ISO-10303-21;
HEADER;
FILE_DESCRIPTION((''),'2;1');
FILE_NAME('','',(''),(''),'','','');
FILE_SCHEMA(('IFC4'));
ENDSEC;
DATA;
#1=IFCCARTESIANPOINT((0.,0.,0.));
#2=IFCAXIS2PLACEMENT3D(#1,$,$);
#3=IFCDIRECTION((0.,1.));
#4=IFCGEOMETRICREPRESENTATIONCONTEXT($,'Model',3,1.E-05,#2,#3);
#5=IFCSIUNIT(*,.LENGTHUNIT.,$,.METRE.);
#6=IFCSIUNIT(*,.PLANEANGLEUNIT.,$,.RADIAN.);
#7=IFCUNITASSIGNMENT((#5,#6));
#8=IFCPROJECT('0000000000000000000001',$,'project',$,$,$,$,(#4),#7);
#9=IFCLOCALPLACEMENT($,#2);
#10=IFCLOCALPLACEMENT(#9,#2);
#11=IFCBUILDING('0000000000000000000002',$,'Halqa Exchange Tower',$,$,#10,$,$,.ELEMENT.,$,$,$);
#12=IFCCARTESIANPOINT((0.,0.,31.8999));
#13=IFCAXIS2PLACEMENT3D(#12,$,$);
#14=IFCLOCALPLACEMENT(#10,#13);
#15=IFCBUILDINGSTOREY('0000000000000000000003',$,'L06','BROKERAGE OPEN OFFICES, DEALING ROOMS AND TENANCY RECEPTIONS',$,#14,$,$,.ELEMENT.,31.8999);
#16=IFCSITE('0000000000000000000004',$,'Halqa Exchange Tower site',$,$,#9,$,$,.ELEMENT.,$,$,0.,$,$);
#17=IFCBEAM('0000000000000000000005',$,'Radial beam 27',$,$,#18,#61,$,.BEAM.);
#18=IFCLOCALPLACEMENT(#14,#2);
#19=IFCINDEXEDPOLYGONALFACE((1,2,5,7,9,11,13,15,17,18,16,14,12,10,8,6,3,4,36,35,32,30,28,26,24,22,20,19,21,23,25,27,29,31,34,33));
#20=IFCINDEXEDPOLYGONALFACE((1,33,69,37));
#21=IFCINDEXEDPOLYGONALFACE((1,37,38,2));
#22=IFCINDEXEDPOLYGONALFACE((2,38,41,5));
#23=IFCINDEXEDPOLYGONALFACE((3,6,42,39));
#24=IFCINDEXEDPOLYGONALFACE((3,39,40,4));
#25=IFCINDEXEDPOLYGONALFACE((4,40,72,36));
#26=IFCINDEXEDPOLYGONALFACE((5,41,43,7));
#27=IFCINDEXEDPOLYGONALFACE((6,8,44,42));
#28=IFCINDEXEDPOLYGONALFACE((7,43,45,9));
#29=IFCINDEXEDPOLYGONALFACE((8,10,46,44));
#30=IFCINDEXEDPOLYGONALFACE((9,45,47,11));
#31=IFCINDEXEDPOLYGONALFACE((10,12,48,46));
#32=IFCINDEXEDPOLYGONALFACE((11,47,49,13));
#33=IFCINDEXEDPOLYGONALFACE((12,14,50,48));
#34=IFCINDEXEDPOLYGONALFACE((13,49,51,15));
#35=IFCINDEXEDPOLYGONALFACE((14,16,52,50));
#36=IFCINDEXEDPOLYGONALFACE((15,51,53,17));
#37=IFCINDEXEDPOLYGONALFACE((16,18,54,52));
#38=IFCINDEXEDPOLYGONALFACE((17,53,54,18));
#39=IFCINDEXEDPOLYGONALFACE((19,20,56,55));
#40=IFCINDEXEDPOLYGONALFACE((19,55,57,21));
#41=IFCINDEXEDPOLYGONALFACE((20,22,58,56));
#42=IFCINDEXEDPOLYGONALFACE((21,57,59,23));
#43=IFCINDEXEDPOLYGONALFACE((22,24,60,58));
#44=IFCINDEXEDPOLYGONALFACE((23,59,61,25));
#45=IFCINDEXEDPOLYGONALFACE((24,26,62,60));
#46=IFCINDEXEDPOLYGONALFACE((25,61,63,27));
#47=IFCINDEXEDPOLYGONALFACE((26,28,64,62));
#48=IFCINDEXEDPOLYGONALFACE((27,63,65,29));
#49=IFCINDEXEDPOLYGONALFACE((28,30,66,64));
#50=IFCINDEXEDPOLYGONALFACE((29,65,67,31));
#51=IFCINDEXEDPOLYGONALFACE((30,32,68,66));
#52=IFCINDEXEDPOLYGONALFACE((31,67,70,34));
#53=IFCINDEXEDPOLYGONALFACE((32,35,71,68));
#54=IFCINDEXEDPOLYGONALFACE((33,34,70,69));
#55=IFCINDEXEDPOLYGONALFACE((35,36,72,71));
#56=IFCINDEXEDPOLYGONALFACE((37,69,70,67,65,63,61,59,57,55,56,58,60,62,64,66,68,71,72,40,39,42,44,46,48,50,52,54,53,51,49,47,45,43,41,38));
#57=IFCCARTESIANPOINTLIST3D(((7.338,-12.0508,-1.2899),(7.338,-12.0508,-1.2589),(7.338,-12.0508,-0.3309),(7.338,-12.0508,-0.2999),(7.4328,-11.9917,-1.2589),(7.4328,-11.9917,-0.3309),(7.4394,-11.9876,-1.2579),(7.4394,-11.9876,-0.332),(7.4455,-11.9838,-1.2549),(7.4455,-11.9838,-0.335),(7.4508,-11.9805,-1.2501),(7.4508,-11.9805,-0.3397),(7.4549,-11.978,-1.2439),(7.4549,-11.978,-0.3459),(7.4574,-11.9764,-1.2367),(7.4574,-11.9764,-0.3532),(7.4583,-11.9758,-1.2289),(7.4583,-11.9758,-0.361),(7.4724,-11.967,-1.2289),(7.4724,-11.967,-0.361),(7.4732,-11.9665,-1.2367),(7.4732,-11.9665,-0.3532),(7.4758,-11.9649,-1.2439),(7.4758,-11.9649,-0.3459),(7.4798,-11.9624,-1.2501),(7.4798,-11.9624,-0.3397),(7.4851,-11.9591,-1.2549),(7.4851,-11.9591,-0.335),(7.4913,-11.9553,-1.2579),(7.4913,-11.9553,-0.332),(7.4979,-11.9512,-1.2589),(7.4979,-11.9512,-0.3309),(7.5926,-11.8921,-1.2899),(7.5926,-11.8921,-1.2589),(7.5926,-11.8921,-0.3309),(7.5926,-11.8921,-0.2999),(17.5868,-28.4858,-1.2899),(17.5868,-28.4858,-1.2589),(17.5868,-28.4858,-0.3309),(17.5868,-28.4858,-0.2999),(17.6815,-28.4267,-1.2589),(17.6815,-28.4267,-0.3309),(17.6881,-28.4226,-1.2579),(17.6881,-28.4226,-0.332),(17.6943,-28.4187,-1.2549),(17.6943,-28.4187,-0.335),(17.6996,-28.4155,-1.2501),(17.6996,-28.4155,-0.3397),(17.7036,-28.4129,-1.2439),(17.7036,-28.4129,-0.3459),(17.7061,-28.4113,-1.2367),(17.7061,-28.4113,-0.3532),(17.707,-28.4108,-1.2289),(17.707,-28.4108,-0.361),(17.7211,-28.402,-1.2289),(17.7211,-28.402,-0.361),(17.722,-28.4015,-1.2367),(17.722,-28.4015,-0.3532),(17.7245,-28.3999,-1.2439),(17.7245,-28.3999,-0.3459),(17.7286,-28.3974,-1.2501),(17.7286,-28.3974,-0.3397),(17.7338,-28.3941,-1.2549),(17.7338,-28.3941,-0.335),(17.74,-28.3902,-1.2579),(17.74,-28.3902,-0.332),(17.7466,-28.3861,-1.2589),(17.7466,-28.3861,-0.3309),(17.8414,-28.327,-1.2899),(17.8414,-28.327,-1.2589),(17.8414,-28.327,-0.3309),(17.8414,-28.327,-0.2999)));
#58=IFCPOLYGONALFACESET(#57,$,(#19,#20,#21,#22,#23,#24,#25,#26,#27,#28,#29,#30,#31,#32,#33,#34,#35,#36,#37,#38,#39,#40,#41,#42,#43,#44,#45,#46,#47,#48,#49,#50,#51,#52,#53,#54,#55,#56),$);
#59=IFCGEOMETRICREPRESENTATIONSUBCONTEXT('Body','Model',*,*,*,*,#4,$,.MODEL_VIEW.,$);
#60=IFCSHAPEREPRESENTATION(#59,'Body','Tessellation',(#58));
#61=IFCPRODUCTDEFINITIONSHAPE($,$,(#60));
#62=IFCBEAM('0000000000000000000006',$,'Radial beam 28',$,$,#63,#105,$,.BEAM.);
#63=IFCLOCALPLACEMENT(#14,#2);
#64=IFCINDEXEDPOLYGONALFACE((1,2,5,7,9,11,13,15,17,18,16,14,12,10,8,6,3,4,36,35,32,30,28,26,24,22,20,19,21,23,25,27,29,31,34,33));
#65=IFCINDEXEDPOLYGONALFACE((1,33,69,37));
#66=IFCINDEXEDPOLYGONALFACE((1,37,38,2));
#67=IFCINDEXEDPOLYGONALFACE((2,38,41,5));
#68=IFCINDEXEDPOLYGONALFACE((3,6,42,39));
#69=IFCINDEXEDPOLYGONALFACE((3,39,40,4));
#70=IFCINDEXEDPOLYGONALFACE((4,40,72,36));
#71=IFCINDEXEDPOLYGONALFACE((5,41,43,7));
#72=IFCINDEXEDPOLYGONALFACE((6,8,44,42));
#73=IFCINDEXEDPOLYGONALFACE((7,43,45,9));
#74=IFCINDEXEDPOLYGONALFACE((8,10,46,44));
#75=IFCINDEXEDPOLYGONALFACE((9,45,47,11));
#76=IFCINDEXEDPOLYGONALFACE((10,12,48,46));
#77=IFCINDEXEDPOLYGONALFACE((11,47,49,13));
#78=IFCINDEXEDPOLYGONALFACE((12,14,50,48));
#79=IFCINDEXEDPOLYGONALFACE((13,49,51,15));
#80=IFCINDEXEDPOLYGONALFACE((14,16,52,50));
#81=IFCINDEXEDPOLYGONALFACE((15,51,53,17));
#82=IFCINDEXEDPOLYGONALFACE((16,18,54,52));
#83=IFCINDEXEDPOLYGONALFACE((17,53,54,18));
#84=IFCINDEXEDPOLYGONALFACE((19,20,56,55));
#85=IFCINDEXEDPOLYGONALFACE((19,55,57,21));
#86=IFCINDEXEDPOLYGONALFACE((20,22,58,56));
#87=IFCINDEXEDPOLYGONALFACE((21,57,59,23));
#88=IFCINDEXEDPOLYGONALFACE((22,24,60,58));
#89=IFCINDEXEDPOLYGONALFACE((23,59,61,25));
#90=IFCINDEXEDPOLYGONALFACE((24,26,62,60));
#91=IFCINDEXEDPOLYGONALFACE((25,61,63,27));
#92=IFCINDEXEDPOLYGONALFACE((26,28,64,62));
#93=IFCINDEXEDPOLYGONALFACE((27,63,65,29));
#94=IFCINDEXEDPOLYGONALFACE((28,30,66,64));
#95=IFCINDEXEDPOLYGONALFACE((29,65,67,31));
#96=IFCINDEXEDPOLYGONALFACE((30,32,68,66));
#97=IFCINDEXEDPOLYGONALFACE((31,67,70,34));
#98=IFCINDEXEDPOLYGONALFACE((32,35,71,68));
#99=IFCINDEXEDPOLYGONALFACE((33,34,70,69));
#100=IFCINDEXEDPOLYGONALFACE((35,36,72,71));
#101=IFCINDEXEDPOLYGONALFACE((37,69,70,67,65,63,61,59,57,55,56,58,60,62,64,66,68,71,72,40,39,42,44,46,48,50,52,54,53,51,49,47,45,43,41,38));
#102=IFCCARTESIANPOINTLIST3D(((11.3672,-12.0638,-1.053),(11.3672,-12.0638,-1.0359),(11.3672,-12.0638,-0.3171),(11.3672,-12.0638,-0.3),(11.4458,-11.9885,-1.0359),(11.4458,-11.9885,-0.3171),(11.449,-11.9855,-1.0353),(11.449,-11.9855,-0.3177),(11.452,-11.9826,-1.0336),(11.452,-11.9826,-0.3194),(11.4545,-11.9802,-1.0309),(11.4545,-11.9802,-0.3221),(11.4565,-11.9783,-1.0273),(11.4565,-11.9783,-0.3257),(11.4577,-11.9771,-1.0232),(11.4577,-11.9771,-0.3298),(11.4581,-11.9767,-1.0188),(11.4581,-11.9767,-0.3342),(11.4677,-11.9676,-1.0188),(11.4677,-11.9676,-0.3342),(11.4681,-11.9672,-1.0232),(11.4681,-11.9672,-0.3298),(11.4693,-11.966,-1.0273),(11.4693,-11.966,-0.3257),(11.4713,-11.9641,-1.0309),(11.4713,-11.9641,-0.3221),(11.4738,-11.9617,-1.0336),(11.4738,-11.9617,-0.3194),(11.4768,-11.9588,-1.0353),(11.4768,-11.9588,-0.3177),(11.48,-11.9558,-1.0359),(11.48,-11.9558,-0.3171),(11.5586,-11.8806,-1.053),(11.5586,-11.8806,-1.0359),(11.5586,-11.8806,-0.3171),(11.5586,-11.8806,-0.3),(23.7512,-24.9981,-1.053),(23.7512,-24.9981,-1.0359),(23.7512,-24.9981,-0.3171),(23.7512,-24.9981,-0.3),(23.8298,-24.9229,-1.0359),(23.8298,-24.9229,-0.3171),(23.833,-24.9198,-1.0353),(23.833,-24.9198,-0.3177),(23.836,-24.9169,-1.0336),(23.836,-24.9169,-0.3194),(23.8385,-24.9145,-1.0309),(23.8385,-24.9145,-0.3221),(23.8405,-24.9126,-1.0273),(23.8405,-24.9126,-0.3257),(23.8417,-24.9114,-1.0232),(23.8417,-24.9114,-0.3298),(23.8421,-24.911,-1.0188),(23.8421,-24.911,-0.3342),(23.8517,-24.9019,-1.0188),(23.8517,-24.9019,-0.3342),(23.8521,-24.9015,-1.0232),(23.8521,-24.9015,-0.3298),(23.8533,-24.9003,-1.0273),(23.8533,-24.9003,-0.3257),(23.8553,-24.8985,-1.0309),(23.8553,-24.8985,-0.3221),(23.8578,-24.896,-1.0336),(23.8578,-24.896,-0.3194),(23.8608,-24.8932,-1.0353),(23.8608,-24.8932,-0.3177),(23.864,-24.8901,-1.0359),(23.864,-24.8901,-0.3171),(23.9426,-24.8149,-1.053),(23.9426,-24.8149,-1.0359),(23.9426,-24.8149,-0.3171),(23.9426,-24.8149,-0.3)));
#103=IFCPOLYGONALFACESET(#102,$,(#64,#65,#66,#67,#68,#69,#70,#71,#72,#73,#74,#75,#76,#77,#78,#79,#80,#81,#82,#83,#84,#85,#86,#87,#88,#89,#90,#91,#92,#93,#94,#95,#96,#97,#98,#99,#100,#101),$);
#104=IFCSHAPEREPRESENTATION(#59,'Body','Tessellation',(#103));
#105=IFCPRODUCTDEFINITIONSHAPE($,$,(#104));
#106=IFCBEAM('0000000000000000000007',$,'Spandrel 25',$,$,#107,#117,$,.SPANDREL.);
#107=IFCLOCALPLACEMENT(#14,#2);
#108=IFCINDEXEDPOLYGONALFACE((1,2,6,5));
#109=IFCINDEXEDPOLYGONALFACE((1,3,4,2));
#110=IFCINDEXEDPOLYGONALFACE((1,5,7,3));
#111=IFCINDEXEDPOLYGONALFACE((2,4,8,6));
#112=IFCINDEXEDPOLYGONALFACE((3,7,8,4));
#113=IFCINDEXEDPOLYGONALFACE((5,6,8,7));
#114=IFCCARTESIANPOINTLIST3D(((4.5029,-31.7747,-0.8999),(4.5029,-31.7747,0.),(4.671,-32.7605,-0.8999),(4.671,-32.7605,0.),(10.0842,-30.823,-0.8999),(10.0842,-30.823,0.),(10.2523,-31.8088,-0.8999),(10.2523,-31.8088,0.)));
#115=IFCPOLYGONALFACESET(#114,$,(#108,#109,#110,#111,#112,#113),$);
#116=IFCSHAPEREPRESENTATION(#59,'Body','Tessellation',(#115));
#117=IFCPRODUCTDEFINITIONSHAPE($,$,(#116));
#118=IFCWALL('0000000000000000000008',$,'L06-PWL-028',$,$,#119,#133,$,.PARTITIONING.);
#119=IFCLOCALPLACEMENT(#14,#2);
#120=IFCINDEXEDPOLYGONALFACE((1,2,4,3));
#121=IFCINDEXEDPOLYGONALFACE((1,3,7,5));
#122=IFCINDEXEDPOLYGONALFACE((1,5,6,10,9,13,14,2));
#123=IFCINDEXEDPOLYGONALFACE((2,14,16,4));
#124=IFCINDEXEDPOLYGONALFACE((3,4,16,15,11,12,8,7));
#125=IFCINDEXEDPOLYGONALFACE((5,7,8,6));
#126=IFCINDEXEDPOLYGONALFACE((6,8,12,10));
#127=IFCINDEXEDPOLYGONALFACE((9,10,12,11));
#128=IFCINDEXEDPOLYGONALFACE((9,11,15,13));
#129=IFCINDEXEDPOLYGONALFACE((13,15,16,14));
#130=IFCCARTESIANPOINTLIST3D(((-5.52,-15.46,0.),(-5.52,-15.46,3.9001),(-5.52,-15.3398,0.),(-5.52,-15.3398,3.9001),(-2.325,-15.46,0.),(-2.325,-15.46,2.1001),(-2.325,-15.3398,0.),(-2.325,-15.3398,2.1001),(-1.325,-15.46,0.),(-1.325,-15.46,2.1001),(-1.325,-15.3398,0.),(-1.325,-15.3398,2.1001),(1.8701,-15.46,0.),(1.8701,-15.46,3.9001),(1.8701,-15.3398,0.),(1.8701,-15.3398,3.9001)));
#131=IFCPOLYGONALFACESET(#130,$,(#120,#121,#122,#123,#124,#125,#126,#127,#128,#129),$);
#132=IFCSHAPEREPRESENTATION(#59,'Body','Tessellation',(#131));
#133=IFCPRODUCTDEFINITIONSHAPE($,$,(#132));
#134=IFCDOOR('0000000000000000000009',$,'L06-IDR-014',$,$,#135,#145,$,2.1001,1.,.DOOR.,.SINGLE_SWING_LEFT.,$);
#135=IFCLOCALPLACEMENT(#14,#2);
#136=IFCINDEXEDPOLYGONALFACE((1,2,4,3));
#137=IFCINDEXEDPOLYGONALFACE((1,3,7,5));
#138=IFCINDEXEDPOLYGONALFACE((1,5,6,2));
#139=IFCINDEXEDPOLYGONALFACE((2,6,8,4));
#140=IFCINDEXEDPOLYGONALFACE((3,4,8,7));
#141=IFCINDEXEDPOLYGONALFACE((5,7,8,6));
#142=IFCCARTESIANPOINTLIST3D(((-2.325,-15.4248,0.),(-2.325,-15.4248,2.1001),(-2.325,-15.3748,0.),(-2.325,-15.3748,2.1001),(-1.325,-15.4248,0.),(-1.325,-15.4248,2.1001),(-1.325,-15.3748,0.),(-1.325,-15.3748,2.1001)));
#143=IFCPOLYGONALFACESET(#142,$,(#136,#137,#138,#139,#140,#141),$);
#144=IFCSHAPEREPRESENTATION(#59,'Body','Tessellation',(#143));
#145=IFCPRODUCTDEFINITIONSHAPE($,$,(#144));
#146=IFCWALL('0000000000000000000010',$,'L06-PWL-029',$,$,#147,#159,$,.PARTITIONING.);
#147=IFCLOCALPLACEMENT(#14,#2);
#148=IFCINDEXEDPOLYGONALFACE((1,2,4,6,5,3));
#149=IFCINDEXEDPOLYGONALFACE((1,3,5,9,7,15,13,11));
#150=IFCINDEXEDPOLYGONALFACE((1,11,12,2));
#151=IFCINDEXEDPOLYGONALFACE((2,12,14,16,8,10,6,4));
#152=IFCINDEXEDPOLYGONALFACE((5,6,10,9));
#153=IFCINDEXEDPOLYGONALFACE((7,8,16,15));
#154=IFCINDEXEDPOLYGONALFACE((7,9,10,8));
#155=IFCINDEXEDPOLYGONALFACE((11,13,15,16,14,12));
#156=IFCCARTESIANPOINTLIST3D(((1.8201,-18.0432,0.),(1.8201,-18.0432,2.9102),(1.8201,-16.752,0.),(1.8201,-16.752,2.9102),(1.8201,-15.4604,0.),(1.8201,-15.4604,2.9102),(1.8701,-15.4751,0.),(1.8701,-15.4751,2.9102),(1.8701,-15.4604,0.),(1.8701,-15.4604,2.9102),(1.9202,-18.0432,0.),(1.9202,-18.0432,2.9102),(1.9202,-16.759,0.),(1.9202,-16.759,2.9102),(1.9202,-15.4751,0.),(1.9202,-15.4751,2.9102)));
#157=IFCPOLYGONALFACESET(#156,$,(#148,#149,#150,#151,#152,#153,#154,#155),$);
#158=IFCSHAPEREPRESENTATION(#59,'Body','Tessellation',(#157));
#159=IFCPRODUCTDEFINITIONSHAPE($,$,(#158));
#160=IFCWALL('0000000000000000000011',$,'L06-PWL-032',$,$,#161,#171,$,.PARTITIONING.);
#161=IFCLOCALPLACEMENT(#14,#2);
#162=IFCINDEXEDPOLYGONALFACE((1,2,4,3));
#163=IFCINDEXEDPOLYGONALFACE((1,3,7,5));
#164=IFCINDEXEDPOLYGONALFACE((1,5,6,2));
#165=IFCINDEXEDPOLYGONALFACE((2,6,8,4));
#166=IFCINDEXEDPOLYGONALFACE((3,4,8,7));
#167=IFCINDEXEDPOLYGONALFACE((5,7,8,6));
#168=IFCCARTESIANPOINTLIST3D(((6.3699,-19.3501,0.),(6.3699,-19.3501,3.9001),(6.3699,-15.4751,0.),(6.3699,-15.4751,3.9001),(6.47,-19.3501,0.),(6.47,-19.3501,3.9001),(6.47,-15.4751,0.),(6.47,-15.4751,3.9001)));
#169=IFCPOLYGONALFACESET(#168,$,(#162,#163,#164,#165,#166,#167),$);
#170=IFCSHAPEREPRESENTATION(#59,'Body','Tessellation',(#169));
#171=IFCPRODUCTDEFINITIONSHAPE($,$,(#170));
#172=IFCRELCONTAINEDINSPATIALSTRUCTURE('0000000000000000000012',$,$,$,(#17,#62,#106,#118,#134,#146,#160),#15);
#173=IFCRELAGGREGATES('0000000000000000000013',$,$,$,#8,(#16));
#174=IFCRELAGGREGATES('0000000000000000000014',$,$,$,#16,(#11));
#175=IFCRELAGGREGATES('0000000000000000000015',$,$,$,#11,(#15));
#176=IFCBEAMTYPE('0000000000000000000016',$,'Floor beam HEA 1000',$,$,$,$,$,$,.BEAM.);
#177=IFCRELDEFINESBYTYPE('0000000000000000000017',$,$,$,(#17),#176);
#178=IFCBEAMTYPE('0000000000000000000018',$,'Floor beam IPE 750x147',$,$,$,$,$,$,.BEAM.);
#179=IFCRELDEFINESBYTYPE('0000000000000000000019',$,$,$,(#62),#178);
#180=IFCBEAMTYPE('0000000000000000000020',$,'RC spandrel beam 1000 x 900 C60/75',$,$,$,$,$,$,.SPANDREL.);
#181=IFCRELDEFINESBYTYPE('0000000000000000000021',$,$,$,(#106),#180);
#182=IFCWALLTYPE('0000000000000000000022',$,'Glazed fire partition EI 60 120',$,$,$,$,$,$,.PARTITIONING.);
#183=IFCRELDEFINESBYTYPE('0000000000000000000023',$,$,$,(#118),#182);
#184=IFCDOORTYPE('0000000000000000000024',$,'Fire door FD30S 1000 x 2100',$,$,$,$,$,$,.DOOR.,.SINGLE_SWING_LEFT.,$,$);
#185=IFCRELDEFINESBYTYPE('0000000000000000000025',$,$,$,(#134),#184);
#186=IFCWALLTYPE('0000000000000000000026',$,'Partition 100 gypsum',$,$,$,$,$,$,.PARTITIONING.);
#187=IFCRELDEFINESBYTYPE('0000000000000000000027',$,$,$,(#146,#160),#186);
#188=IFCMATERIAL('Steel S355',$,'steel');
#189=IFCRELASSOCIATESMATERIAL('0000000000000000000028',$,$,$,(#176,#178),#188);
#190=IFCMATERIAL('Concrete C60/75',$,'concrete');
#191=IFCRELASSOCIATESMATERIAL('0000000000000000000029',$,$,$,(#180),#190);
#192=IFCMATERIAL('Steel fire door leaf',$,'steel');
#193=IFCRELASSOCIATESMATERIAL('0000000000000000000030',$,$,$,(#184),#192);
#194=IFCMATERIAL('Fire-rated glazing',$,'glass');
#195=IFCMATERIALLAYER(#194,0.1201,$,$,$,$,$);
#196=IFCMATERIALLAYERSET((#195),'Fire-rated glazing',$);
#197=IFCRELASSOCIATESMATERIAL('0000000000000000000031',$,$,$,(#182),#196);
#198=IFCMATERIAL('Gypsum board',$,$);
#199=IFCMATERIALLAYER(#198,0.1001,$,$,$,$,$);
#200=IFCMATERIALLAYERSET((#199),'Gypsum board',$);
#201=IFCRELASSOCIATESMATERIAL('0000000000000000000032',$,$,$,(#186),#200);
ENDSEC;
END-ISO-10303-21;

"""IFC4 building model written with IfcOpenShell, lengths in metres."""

from ifc_helpers import new_model, si_unit, direction, frame, frame_2d, origin, origin_2d, place, context, subcontext, project, spatial, polyline, rectangle, i_section, outline, extrude, material, layer, layer_set, material_profile, profile_set, type_object, element, fill, save


model = new_model("IFC4")

# Units and contexts
model_context = context("Model", 3, precision=1e-05, world=origin(), true_north=direction((0.0, 1.0)))
body_context = subcontext(model_context, "Body", "Model", "MODEL_VIEW")
ifc_project = project(units=[si_unit("LENGTHUNIT", "METRE"), si_unit("PLANEANGLEUNIT", "RADIAN")], contexts=[model_context])

# Site, building, storey
site_placement = place(None, origin())
site = spatial("IfcSite", under=ifc_project, at=site_placement, Name="Halqa Exchange Tower site", CompositionType="ELEMENT", RefElevation=0.0)
building_placement = place(site_placement, origin())
building = spatial("IfcBuilding", under=site, at=building_placement, Name="Halqa Exchange Tower", CompositionType="ELEMENT")
storey_placement = place(building_placement, frame((0.0, 0.0, 31.8999)))
storey = spatial("IfcBuildingStorey", under=building, at=storey_placement, Name="L06", Description="BROKERAGE OPEN OFFICES, DEALING ROOMS AND TENANCY RECEPTIONS", CompositionType="ELEMENT", Elevation=31.8999)

# Beams
ifc_material_1 = material(Name="Steel S355", Category="steel")
ifc_material_profile_1 = material_profile(ifc_material_1, i_section(OverallWidth=0.3, OverallDepth=0.99, WebThickness=0.0166, FlangeThickness=0.031, FilletRadius=0.03, at=origin_2d()), Name="HEA 1000")
ifc_profile_set_1 = profile_set([ifc_material_profile_1], Name="Steel S355")
beam_type_1 = type_object("IfcBeamType", Name="Floor beam HEA 1000", PredefinedType="BEAM", material=ifc_profile_set_1)
beam_1_placement = place(storey_placement, frame((7.4653, -11.9714, -0.7949), z_axis=(0.52914, -0.848535, 0.0), x_axis=(0.848535, 0.52914, 0.0)))
element("IfcBeam", 1, at=beam_1_placement, inside=storey, type_object=beam_type_1, Name="Radial beam 27", PredefinedType="BEAM", context=body_context, shape_type="SweptSolid", body=[
    extrude(i_section(OverallWidth=0.3, OverallDepth=0.99, WebThickness=0.0166, FlangeThickness=0.031, FilletRadius=0.03, at=origin_2d()), origin(), (0.0, 0.0, 1.0), 19.3687),
])
ifc_material_profile_2 = material_profile(ifc_material_1, i_section(OverallWidth=0.2649, OverallDepth=0.7529, WebThickness=0.0132, FlangeThickness=0.0171, FilletRadius=0.0171, at=origin_2d()), Name="IPE 750x147")
ifc_profile_set_2 = profile_set([ifc_material_profile_2], Name="Steel S355")
beam_type_2 = type_object("IfcBeamType", Name="Floor beam IPE 750x147", PredefinedType="BEAM", material=ifc_profile_set_2)
beam_2_placement = place(storey_placement, frame((11.4629, -11.9722, -0.6765), z_axis=(0.691575, -0.722305, 0.0), x_axis=(0.722305, 0.691575, 0.0)))
element("IfcBeam", 2, at=beam_2_placement, inside=storey, type_object=beam_type_2, Name="Radial beam 28", PredefinedType="BEAM", context=body_context, shape_type="SweptSolid", body=[
    extrude(i_section(OverallWidth=0.2649, OverallDepth=0.7529, WebThickness=0.0132, FlangeThickness=0.0171, FilletRadius=0.0171, at=origin_2d()), origin(), (0.0, 0.0, 1.0), 17.907),
])
ifc_material_2 = material(Name="Concrete C60/75", Category="concrete")
ifc_material_profile_3 = material_profile(ifc_material_2, rectangle(XDim=1.0, YDim=0.8999, at=origin_2d()), Name="1000 x 900")
ifc_profile_set_3 = profile_set([ifc_material_profile_3], Name="Concrete C60/75")
beam_type_3 = type_object("IfcBeamType", Name="RC spandrel beam 1000 x 900 C60/75", PredefinedType="SPANDREL", material=ifc_profile_set_3)
beam_3_placement = place(storey_placement, frame((4.5869, -32.2676, -0.45), z_axis=(0.985773, 0.168083, 0.0), x_axis=(-0.168083, 0.985773, 0.0)))
element("IfcBeam", 3, at=beam_3_placement, inside=storey, type_object=beam_type_3, Name="Spandrel 25", PredefinedType="SPANDREL", context=body_context, shape_type="SweptSolid", body=[
    extrude(rectangle(XDim=1.0, YDim=0.8999, at=origin_2d()), origin(), (0.0, 0.0, 1.0), 5.6619),
])

# Shared definitions
ifc_material_3 = material(Name="Steel fire door leaf", Category="steel")
door_type_1 = type_object("IfcDoorType", Name="Fire door FD30S 1000 x 2100", OperationType="SINGLE_SWING_LEFT", PredefinedType="DOOR", material=ifc_material_3)

# Wall, opening, door
ifc_material_4 = material(Name="Fire-rated glazing", Category="glass")
ifc_layer_1 = layer(ifc_material_4, 0.1201)
ifc_layer_set_1 = layer_set([ifc_layer_1], Name="Fire-rated glazing")
wall_type_1 = type_object("IfcWallType", Name="Glazed fire partition EI 60 120", PredefinedType="PARTITIONING", material=ifc_layer_set_1)
wall_1_placement = place(storey_placement, frame((1.8701, -15.3999, 0.0), z_axis=(0.0, 0.0, 1.0), x_axis=(-1.0, 0.0, 0.0)))
wall_1 = element("IfcWall", 4, at=wall_1_placement, inside=storey, type_object=wall_type_1, Name="L06-PWL-028", PredefinedType="PARTITIONING", context=body_context, shape_type="SweptSolid", body=[
    extrude(rectangle(XDim=7.3901, YDim=0.1201, at=frame_2d((3.6951, 0.0))), origin(), (0.0, 0.0, 1.0), 3.9001),
])
opening_1_placement = place(wall_1_placement, frame((3.1951, 0.0, 0.0)))
opening_1 = element("IfcOpeningElement", 5, at=opening_1_placement, cuts=wall_1, PredefinedType="OPENING", context=body_context, shape_type="SweptSolid", body=[
    extrude(rectangle(XDim=1.0, YDim=2.1001, at=frame_2d((0.5, 1.05))), frame((0.0, 0.072, 0.0), z_axis=(0.0, -1.0, 0.0), x_axis=(1.0, 0.0, 0.0)), (0.0, 0.0, 1.0), 0.144),
])
door_1_placement = place(opening_1_placement, origin())
door_1 = element("IfcDoor", 6, at=door_1_placement, inside=storey, type_object=door_type_1, Name="L06-IDR-014", OperationType="SINGLE_SWING_LEFT", OverallHeight=2.1001, OverallWidth=1.0, PredefinedType="DOOR", context=body_context, shape_type="SweptSolid", body=[
    extrude(rectangle(XDim=1.0, YDim=2.1001, at=frame_2d((0.5, 1.05))), frame((0.0, 0.0249, 0.0), z_axis=(0.0, -1.0, 0.0), x_axis=(1.0, 0.0, 0.0)), (0.0, 0.0, 1.0), 0.05),
])
fill(opening_1, door_1)

# Walls
ifc_material_5 = material(Name="Gypsum board")
ifc_layer_2 = layer(ifc_material_5, 0.1001)
ifc_layer_set_2 = layer_set([ifc_layer_2], Name="Gypsum board")
wall_type_2 = type_object("IfcWallType", Name="Partition 100 gypsum", PredefinedType="PARTITIONING", material=ifc_layer_set_2)
wall_2_placement = place(storey_placement, frame((1.8701, -15.4604, 0.0), z_axis=(0.0, 0.0, 1.0), x_axis=(0.0, -1.0, 0.0)))
element("IfcWall", 7, at=wall_2_placement, inside=storey, type_object=wall_type_2, Name="L06-PWL-029", PredefinedType="PARTITIONING", context=body_context, shape_type="SweptSolid", body=[
    extrude(outline(polyline([(2.5828, 0.05), (1.2986, 0.05), (0.0146, 0.05), (0.0146, 0.0), (0.0, 0.0), (0.0, -0.05), (1.2915, -0.05), (2.5828, -0.05), (2.5828, 0.05)])), origin(), (0.0, 0.0, 1.0), 2.9102),
])
wall_3_placement = place(storey_placement, frame((6.4199, -15.4751, 0.0), z_axis=(0.0, 0.0, 1.0), x_axis=(0.0, -1.0, 0.0)))
element("IfcWall", 8, at=wall_3_placement, inside=storey, type_object=wall_type_2, Name="L06-PWL-032", PredefinedType="PARTITIONING", context=body_context, shape_type="SweptSolid", body=[
    extrude(rectangle(XDim=3.875, YDim=0.1001, at=frame_2d((1.9375, 0.0))), origin(), (0.0, 0.0, 1.0), 3.9001),
])

save(model, "model.ifc")
